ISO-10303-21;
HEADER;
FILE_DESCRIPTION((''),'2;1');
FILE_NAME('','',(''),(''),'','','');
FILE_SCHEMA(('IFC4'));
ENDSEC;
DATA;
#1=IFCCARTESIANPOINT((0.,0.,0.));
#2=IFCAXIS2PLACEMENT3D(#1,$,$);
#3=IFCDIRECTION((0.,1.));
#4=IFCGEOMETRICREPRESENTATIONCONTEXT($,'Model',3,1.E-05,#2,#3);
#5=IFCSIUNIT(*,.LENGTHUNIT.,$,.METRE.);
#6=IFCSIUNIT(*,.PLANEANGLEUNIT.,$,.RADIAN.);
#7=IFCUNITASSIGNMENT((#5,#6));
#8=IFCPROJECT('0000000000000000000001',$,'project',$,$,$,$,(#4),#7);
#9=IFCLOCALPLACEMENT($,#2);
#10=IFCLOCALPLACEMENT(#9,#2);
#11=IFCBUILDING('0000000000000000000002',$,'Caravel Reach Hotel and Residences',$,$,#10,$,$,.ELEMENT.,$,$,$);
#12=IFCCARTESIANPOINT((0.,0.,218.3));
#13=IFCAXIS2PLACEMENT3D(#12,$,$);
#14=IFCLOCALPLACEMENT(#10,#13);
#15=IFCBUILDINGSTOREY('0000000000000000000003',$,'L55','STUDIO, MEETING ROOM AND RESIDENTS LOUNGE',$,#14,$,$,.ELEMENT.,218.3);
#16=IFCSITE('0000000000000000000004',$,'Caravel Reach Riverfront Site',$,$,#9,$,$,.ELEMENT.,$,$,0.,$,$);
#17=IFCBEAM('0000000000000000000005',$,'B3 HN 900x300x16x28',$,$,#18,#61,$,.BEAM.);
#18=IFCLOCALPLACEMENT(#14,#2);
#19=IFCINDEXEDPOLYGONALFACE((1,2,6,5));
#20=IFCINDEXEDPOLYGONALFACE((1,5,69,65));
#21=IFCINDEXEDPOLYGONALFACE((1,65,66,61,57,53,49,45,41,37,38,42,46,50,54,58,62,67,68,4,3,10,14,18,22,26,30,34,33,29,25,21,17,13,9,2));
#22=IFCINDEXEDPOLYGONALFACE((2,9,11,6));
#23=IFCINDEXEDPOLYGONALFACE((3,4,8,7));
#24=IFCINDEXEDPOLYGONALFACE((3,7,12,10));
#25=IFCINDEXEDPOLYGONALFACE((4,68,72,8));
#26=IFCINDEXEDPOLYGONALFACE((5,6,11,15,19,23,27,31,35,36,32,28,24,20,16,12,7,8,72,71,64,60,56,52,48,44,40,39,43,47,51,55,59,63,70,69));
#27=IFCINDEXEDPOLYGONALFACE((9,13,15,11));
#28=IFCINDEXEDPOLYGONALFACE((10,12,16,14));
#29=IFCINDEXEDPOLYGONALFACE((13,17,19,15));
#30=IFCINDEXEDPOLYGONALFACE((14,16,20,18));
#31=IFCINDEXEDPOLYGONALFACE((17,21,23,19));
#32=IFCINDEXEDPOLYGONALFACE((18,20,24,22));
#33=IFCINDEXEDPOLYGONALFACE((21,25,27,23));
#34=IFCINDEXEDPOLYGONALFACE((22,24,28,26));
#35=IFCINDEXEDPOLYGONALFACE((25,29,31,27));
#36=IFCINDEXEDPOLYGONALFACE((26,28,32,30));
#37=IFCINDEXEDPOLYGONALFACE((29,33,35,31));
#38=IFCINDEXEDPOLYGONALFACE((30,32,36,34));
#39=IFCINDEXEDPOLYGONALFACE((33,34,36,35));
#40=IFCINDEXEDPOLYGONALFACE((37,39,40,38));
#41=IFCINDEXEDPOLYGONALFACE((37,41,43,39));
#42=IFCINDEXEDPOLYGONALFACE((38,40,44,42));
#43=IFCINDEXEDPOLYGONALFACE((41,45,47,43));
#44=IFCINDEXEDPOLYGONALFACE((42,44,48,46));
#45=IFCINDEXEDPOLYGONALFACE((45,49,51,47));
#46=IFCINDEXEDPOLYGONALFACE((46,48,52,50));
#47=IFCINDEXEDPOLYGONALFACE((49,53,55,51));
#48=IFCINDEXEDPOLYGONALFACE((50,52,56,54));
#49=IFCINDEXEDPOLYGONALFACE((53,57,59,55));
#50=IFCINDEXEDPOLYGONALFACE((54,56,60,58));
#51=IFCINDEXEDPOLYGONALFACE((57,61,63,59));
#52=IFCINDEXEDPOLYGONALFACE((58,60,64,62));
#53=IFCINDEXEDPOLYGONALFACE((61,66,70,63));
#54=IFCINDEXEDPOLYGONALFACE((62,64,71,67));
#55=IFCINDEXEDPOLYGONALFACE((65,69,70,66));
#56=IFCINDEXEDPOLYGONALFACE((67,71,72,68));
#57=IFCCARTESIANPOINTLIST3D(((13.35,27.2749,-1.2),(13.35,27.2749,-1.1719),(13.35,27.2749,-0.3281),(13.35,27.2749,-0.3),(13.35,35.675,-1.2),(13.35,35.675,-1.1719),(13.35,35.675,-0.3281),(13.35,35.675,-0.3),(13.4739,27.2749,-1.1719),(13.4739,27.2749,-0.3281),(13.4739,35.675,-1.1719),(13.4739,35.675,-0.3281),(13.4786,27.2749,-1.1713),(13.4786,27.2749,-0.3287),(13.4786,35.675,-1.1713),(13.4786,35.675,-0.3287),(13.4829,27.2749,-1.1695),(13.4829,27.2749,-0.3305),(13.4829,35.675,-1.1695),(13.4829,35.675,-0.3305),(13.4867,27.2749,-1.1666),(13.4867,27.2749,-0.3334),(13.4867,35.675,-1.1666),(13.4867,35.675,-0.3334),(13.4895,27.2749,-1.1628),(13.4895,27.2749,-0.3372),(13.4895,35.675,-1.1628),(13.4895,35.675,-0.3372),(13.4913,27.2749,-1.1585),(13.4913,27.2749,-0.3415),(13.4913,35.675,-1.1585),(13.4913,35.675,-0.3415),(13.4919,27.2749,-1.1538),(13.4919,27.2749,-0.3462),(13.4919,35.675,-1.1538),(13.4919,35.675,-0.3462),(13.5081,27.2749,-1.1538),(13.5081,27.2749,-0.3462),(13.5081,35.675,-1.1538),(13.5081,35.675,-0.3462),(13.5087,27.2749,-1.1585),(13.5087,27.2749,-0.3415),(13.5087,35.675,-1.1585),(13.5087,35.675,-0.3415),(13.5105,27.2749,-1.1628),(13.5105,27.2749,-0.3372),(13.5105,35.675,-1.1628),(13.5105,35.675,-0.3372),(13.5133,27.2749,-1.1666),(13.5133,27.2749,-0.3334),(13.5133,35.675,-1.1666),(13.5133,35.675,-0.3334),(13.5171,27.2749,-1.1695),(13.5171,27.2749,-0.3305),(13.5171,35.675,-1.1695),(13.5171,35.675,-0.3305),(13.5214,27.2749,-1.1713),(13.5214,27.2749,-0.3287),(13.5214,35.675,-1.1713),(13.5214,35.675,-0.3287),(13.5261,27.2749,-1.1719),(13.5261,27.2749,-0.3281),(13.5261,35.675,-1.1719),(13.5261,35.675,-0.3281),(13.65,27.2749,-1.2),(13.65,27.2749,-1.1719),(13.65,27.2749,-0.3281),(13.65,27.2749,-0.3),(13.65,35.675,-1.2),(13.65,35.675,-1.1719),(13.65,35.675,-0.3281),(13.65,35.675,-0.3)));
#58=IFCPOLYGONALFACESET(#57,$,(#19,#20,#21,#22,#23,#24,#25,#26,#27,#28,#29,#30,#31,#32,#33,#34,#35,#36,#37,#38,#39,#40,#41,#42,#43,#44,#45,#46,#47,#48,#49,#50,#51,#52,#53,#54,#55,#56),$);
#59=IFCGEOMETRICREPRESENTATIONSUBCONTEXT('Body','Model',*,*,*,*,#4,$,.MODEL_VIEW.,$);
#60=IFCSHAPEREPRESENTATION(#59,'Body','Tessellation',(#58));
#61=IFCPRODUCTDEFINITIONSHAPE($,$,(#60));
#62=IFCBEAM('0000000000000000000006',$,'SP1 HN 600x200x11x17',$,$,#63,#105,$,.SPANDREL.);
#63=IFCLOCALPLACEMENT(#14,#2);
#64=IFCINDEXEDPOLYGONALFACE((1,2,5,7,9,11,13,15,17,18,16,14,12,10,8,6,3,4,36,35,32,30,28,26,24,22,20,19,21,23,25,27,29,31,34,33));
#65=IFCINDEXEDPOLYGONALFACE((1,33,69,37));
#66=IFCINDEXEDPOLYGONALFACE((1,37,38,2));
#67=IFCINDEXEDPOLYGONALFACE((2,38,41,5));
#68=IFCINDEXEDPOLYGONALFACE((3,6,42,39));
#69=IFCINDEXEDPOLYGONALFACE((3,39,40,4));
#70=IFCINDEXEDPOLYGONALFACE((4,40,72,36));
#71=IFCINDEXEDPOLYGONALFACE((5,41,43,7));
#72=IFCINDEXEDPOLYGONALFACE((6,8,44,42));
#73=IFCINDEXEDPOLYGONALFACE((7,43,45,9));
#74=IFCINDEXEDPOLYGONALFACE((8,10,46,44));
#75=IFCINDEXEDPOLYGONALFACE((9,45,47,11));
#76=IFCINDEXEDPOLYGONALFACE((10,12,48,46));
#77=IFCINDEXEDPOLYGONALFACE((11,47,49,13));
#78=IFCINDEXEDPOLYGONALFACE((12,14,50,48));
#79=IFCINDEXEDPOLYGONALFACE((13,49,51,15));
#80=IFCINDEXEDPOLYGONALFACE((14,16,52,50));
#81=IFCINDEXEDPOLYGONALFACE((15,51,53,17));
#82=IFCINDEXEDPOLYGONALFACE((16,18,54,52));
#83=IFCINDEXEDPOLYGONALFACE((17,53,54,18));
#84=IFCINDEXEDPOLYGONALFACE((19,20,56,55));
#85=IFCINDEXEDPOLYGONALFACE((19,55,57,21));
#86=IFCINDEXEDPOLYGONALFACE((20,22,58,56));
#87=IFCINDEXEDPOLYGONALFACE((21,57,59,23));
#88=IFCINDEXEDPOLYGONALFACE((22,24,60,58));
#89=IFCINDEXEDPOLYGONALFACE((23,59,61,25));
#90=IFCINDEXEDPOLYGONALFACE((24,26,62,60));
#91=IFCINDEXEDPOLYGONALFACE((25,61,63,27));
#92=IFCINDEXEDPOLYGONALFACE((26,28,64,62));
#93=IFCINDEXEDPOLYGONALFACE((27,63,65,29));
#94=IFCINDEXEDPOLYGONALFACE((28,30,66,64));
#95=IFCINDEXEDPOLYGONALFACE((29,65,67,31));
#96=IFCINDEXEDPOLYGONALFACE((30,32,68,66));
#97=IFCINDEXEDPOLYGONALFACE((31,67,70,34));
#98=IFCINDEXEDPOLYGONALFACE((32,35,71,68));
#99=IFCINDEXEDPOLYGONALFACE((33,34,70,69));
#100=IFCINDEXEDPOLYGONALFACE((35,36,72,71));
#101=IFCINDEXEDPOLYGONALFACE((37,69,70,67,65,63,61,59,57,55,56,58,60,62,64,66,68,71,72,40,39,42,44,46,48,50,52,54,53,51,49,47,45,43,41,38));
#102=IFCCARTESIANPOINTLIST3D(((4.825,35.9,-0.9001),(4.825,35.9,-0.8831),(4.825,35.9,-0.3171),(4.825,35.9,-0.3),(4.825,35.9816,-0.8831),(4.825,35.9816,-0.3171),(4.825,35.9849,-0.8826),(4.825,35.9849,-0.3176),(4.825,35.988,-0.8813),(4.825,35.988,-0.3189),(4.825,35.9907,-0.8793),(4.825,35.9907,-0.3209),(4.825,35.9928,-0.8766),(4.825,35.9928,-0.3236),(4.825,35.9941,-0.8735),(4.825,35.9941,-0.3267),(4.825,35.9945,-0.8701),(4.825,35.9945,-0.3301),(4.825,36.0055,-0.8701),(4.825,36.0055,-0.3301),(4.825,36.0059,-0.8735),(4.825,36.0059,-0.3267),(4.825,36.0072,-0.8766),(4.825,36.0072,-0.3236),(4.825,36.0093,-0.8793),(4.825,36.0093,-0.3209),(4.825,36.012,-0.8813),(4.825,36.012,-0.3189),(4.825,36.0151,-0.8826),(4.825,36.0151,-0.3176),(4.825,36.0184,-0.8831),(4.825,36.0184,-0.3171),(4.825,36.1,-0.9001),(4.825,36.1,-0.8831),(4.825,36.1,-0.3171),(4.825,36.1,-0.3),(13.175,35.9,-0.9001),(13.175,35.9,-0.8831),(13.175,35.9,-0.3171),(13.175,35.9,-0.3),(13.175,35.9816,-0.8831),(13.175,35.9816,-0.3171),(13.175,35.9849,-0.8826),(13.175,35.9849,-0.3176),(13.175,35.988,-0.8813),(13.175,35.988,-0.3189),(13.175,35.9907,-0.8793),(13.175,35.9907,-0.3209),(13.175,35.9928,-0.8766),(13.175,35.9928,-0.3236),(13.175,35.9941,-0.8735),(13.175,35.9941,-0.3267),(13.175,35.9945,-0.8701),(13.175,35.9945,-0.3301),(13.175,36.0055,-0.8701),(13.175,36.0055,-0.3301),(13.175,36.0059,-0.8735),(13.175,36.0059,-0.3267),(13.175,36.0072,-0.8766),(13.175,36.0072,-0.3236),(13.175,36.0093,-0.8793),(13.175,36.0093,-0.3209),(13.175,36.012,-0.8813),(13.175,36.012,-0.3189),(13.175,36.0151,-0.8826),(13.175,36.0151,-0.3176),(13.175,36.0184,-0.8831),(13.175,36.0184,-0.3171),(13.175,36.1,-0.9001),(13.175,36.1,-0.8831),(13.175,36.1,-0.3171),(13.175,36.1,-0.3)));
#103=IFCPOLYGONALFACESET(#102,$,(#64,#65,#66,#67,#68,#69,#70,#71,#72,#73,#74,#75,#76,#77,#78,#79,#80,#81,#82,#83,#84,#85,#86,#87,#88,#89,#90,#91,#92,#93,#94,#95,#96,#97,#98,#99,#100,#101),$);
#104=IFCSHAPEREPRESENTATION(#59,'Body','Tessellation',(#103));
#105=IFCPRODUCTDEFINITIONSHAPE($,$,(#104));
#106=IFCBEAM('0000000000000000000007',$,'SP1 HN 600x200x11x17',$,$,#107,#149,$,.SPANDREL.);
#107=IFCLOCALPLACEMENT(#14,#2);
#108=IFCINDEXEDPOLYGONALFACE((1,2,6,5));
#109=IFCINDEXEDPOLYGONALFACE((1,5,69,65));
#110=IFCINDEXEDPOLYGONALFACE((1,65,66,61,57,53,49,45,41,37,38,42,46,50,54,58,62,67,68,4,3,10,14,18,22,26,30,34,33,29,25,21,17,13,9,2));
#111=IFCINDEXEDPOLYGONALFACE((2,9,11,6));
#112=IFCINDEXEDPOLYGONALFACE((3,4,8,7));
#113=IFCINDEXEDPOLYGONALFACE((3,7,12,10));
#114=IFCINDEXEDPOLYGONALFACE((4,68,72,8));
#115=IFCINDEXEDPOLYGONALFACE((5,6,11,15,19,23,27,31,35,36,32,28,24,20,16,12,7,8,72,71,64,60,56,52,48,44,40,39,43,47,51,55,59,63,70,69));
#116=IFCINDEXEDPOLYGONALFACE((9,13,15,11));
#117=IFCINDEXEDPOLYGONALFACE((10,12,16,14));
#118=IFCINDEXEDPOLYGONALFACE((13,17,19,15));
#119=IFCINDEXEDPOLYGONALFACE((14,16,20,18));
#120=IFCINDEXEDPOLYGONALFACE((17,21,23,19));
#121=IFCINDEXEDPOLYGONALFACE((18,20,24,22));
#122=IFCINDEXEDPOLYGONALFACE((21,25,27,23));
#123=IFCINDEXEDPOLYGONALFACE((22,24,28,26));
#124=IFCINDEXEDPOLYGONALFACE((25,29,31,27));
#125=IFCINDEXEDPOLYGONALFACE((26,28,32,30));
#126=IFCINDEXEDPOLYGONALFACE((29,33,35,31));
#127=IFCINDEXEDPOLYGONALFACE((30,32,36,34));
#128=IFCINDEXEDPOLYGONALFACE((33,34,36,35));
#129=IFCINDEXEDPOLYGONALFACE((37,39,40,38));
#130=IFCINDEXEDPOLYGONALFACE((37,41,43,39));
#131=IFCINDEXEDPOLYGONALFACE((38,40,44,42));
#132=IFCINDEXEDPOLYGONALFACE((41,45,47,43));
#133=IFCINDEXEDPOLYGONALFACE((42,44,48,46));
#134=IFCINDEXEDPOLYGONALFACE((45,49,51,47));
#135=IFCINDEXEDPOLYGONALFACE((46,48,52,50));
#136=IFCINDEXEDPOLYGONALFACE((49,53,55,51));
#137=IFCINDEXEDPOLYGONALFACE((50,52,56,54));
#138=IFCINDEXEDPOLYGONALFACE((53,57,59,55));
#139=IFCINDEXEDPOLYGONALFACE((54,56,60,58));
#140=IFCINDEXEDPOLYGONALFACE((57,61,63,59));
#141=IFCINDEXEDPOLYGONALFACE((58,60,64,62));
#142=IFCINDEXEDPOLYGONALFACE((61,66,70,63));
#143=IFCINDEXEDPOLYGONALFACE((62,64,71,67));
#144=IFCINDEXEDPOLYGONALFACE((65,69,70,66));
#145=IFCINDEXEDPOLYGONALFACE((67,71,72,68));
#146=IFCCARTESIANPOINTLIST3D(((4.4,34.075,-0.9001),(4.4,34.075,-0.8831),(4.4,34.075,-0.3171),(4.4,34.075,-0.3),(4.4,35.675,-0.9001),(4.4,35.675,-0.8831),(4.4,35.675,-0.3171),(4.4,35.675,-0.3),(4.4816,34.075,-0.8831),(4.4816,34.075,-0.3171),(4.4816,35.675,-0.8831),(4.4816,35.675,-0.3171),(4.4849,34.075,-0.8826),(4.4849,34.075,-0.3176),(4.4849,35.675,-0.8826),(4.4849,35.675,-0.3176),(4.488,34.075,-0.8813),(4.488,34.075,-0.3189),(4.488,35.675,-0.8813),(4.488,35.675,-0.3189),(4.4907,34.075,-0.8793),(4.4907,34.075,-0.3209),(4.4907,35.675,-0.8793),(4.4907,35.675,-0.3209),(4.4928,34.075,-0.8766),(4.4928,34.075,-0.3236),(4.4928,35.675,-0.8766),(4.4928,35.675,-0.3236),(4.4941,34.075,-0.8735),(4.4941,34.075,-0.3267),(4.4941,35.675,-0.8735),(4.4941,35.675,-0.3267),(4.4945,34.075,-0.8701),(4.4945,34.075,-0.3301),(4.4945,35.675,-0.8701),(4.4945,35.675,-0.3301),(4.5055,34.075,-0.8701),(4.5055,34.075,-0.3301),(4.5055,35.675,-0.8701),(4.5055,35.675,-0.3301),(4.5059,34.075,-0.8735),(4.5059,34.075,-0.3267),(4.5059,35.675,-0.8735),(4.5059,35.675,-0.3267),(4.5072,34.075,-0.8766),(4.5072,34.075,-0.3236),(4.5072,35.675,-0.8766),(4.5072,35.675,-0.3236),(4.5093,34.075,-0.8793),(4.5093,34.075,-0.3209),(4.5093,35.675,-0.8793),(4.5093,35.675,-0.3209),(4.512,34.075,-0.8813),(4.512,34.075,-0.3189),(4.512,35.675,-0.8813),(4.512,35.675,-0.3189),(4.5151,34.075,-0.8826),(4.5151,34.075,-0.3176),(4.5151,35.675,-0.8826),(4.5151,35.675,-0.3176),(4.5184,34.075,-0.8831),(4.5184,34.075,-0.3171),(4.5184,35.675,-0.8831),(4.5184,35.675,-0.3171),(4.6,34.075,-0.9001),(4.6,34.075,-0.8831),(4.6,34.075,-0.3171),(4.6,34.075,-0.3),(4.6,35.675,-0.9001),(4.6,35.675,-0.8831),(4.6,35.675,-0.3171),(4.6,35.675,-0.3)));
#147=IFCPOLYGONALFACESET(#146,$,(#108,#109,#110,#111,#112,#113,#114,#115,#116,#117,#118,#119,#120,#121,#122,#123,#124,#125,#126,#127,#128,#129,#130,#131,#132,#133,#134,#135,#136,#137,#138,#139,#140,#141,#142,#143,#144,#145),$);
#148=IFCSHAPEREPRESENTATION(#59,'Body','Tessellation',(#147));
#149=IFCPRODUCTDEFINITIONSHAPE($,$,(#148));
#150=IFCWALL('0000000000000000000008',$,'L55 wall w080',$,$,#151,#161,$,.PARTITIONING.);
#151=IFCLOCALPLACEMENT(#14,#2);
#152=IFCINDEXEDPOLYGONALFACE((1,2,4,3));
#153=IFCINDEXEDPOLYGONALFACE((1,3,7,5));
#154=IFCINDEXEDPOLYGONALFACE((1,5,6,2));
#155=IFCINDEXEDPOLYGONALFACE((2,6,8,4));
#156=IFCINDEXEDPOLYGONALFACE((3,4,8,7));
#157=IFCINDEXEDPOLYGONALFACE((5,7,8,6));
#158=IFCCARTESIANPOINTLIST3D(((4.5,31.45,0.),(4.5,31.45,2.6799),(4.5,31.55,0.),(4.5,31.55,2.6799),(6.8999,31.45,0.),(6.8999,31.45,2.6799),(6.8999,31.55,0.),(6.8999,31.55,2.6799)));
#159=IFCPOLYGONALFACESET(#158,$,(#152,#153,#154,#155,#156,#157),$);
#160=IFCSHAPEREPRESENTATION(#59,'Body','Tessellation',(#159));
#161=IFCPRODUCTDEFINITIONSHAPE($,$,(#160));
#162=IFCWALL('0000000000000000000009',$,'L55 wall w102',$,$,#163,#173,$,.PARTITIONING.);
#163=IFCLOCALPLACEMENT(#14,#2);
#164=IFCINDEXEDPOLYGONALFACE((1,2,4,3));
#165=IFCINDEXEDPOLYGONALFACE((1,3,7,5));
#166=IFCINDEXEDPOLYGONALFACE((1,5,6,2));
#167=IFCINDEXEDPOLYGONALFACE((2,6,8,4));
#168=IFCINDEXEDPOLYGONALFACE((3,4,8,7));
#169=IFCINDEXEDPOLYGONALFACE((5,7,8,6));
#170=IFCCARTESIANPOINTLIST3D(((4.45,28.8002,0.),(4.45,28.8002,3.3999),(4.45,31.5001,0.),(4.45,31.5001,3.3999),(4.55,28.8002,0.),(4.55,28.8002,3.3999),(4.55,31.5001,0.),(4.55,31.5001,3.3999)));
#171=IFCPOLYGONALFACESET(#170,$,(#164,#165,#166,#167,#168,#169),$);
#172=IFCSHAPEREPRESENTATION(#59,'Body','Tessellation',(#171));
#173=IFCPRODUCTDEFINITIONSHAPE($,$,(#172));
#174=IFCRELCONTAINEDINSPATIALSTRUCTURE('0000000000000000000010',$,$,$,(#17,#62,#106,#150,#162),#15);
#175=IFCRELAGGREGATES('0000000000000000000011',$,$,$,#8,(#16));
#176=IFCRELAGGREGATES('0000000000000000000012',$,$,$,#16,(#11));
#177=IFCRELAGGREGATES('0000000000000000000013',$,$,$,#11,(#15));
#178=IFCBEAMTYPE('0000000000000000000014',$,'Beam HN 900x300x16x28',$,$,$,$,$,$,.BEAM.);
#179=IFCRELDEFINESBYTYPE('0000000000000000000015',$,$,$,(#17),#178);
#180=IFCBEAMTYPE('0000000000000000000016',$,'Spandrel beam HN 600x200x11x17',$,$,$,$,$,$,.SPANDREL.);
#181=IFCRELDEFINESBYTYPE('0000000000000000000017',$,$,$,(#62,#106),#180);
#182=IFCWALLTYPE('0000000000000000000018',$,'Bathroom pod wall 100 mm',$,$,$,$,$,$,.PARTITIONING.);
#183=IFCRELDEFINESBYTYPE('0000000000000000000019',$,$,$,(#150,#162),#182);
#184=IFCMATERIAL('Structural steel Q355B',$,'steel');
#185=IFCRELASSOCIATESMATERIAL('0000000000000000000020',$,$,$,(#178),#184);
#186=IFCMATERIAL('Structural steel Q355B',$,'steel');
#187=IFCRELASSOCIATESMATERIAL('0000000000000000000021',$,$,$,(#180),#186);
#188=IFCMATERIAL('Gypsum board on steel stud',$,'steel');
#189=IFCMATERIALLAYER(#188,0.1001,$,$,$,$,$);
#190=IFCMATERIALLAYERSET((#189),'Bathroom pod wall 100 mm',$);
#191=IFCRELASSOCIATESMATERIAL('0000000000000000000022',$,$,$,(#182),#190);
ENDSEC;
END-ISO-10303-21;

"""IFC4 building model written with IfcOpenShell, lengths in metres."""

from ifc_helpers import new_model, si_unit, direction, frame, frame_2d, origin, origin_2d, place, context, subcontext, project, spatial, rectangle, i_section, extrude, material, layer, layer_set, material_profile, profile_set, type_object, element, save


model = new_model("IFC4")

# Units and contexts
model_context = context("Model", 3, precision=1e-05, world=origin(), true_north=direction((0.0, 1.0)))
body_context = subcontext(model_context, "Body", "Model", "MODEL_VIEW")
ifc_project = project(units=[si_unit("LENGTHUNIT", "METRE"), si_unit("PLANEANGLEUNIT", "RADIAN")], contexts=[model_context])

# Site, building, storey
site_placement = place(None, origin())
site = spatial("IfcSite", under=ifc_project, at=site_placement, Name="Caravel Reach Riverfront Site", CompositionType="ELEMENT", RefElevation=0.0)
building_placement = place(site_placement, origin())
building = spatial("IfcBuilding", under=site, at=building_placement, Name="Caravel Reach Hotel and Residences", CompositionType="ELEMENT")
storey_placement = place(building_placement, frame((0.0, 0.0, 218.3)))
storey = spatial("IfcBuildingStorey", under=building, at=storey_placement, Name="L55", Description="STUDIO, MEETING ROOM AND RESIDENTS LOUNGE", CompositionType="ELEMENT", Elevation=218.3)

# Beams
ifc_material_1 = material(Name="Structural steel Q355B", Category="steel")
ifc_material_profile_1 = material_profile(ifc_material_1, i_section(OverallWidth=0.3, OverallDepth=0.8999, WebThickness=0.0161, FlangeThickness=0.0281, FilletRadius=0.0181, at=origin_2d()), Name="HN 900x300x16x28")
ifc_profile_set_1 = profile_set([ifc_material_profile_1], Name="Structural steel Q355B")
beam_type_1 = type_object("IfcBeamType", Name="Beam HN 900x300x16x28", PredefinedType="BEAM", material=ifc_profile_set_1)
beam_1_placement = place(storey_placement, frame((13.5, 27.2749, -0.75), z_axis=(0.0, 1.0, 0.0), x_axis=(-1.0, 0.0, 0.0)))
element("IfcBeam", 1, at=beam_1_placement, inside=storey, type_object=beam_type_1, Name="B3 HN 900x300x16x28", PredefinedType="BEAM", context=body_context, shape_type="SweptSolid", body=[
    extrude(i_section(OverallWidth=0.3, OverallDepth=0.8999, WebThickness=0.0161, FlangeThickness=0.0281, FilletRadius=0.0181, at=origin_2d()), origin(), (0.0, 0.0, 1.0), 8.4001),
])
ifc_material_2 = material(Name="Structural steel Q355B", Category="steel")
ifc_material_profile_2 = material_profile(ifc_material_2, i_section(OverallWidth=0.2, OverallDepth=0.6001, WebThickness=0.011, FlangeThickness=0.0171, FilletRadius=0.0129, at=origin_2d()), Name="HN 600x200x11x17")
ifc_profile_set_2 = profile_set([ifc_material_profile_2], Name="Structural steel Q355B")
beam_type_2 = type_object("IfcBeamType", Name="Spandrel beam HN 600x200x11x17", PredefinedType="SPANDREL", material=ifc_profile_set_2)
beam_2_placement = place(storey_placement, frame((13.175, 36.0, -0.6001), z_axis=(-1.0, 0.0, 0.0), x_axis=(0.0, -1.0, 0.0)))
element("IfcBeam", 2, at=beam_2_placement, inside=storey, type_object=beam_type_2, Name="SP1 HN 600x200x11x17", PredefinedType="SPANDREL", context=body_context, shape_type="SweptSolid", body=[
    extrude(i_section(OverallWidth=0.2, OverallDepth=0.6001, WebThickness=0.011, FlangeThickness=0.0171, FilletRadius=0.0129, at=origin_2d()), origin(), (0.0, 0.0, 1.0), 8.3501),
])
beam_3_placement = place(storey_placement, frame((4.5, 35.675, -0.6001), z_axis=(0.0, -1.0, 0.0), x_axis=(1.0, 0.0, 0.0)))
element("IfcBeam", 3, at=beam_3_placement, inside=storey, type_object=beam_type_2, Name="SP1 HN 600x200x11x17", PredefinedType="SPANDREL", context=body_context, shape_type="SweptSolid", body=[
    extrude(i_section(OverallWidth=0.2, OverallDepth=0.6001, WebThickness=0.011, FlangeThickness=0.0171, FilletRadius=0.0129, at=origin_2d()), origin(), (0.0, 0.0, 1.0), 1.6001),
])

# Walls
ifc_material_3 = material(Name="Gypsum board on steel stud", Category="steel")
ifc_layer_1 = layer(ifc_material_3, 0.1001)
ifc_layer_set_1 = layer_set([ifc_layer_1], Name="Bathroom pod wall 100 mm")
wall_type_1 = type_object("IfcWallType", Name="Bathroom pod wall 100 mm", PredefinedType="PARTITIONING", material=ifc_layer_set_1)
wall_1_placement = place(storey_placement, frame((4.5, 31.5, 0.0), z_axis=(0.0, 0.0, 1.0), x_axis=(1.0, 0.0, 0.0)))
element("IfcWall", 4, at=wall_1_placement, inside=storey, type_object=wall_type_1, Name="L55 wall w080", PredefinedType="PARTITIONING", context=body_context, shape_type="SweptSolid", body=[
    extrude(rectangle(XDim=2.3999, YDim=0.1001, at=frame_2d((1.2, 0.0))), origin(), (0.0, 0.0, 1.0), 2.6799),
])
wall_2_placement = place(storey_placement, frame((4.5, 28.8, 0.0), z_axis=(0.0, 0.0, 1.0), x_axis=(0.0, 1.0, 0.0)))
element("IfcWall", 5, at=wall_2_placement, inside=storey, type_object=wall_type_1, Name="L55 wall w102", PredefinedType="PARTITIONING", context=body_context, shape_type="SweptSolid", body=[
    extrude(rectangle(XDim=2.7, YDim=0.1001, at=frame_2d((1.3501, 0.0))), origin(), (0.0, 0.0, 1.0), 3.3999),
])

save(model, "model.ifc")
